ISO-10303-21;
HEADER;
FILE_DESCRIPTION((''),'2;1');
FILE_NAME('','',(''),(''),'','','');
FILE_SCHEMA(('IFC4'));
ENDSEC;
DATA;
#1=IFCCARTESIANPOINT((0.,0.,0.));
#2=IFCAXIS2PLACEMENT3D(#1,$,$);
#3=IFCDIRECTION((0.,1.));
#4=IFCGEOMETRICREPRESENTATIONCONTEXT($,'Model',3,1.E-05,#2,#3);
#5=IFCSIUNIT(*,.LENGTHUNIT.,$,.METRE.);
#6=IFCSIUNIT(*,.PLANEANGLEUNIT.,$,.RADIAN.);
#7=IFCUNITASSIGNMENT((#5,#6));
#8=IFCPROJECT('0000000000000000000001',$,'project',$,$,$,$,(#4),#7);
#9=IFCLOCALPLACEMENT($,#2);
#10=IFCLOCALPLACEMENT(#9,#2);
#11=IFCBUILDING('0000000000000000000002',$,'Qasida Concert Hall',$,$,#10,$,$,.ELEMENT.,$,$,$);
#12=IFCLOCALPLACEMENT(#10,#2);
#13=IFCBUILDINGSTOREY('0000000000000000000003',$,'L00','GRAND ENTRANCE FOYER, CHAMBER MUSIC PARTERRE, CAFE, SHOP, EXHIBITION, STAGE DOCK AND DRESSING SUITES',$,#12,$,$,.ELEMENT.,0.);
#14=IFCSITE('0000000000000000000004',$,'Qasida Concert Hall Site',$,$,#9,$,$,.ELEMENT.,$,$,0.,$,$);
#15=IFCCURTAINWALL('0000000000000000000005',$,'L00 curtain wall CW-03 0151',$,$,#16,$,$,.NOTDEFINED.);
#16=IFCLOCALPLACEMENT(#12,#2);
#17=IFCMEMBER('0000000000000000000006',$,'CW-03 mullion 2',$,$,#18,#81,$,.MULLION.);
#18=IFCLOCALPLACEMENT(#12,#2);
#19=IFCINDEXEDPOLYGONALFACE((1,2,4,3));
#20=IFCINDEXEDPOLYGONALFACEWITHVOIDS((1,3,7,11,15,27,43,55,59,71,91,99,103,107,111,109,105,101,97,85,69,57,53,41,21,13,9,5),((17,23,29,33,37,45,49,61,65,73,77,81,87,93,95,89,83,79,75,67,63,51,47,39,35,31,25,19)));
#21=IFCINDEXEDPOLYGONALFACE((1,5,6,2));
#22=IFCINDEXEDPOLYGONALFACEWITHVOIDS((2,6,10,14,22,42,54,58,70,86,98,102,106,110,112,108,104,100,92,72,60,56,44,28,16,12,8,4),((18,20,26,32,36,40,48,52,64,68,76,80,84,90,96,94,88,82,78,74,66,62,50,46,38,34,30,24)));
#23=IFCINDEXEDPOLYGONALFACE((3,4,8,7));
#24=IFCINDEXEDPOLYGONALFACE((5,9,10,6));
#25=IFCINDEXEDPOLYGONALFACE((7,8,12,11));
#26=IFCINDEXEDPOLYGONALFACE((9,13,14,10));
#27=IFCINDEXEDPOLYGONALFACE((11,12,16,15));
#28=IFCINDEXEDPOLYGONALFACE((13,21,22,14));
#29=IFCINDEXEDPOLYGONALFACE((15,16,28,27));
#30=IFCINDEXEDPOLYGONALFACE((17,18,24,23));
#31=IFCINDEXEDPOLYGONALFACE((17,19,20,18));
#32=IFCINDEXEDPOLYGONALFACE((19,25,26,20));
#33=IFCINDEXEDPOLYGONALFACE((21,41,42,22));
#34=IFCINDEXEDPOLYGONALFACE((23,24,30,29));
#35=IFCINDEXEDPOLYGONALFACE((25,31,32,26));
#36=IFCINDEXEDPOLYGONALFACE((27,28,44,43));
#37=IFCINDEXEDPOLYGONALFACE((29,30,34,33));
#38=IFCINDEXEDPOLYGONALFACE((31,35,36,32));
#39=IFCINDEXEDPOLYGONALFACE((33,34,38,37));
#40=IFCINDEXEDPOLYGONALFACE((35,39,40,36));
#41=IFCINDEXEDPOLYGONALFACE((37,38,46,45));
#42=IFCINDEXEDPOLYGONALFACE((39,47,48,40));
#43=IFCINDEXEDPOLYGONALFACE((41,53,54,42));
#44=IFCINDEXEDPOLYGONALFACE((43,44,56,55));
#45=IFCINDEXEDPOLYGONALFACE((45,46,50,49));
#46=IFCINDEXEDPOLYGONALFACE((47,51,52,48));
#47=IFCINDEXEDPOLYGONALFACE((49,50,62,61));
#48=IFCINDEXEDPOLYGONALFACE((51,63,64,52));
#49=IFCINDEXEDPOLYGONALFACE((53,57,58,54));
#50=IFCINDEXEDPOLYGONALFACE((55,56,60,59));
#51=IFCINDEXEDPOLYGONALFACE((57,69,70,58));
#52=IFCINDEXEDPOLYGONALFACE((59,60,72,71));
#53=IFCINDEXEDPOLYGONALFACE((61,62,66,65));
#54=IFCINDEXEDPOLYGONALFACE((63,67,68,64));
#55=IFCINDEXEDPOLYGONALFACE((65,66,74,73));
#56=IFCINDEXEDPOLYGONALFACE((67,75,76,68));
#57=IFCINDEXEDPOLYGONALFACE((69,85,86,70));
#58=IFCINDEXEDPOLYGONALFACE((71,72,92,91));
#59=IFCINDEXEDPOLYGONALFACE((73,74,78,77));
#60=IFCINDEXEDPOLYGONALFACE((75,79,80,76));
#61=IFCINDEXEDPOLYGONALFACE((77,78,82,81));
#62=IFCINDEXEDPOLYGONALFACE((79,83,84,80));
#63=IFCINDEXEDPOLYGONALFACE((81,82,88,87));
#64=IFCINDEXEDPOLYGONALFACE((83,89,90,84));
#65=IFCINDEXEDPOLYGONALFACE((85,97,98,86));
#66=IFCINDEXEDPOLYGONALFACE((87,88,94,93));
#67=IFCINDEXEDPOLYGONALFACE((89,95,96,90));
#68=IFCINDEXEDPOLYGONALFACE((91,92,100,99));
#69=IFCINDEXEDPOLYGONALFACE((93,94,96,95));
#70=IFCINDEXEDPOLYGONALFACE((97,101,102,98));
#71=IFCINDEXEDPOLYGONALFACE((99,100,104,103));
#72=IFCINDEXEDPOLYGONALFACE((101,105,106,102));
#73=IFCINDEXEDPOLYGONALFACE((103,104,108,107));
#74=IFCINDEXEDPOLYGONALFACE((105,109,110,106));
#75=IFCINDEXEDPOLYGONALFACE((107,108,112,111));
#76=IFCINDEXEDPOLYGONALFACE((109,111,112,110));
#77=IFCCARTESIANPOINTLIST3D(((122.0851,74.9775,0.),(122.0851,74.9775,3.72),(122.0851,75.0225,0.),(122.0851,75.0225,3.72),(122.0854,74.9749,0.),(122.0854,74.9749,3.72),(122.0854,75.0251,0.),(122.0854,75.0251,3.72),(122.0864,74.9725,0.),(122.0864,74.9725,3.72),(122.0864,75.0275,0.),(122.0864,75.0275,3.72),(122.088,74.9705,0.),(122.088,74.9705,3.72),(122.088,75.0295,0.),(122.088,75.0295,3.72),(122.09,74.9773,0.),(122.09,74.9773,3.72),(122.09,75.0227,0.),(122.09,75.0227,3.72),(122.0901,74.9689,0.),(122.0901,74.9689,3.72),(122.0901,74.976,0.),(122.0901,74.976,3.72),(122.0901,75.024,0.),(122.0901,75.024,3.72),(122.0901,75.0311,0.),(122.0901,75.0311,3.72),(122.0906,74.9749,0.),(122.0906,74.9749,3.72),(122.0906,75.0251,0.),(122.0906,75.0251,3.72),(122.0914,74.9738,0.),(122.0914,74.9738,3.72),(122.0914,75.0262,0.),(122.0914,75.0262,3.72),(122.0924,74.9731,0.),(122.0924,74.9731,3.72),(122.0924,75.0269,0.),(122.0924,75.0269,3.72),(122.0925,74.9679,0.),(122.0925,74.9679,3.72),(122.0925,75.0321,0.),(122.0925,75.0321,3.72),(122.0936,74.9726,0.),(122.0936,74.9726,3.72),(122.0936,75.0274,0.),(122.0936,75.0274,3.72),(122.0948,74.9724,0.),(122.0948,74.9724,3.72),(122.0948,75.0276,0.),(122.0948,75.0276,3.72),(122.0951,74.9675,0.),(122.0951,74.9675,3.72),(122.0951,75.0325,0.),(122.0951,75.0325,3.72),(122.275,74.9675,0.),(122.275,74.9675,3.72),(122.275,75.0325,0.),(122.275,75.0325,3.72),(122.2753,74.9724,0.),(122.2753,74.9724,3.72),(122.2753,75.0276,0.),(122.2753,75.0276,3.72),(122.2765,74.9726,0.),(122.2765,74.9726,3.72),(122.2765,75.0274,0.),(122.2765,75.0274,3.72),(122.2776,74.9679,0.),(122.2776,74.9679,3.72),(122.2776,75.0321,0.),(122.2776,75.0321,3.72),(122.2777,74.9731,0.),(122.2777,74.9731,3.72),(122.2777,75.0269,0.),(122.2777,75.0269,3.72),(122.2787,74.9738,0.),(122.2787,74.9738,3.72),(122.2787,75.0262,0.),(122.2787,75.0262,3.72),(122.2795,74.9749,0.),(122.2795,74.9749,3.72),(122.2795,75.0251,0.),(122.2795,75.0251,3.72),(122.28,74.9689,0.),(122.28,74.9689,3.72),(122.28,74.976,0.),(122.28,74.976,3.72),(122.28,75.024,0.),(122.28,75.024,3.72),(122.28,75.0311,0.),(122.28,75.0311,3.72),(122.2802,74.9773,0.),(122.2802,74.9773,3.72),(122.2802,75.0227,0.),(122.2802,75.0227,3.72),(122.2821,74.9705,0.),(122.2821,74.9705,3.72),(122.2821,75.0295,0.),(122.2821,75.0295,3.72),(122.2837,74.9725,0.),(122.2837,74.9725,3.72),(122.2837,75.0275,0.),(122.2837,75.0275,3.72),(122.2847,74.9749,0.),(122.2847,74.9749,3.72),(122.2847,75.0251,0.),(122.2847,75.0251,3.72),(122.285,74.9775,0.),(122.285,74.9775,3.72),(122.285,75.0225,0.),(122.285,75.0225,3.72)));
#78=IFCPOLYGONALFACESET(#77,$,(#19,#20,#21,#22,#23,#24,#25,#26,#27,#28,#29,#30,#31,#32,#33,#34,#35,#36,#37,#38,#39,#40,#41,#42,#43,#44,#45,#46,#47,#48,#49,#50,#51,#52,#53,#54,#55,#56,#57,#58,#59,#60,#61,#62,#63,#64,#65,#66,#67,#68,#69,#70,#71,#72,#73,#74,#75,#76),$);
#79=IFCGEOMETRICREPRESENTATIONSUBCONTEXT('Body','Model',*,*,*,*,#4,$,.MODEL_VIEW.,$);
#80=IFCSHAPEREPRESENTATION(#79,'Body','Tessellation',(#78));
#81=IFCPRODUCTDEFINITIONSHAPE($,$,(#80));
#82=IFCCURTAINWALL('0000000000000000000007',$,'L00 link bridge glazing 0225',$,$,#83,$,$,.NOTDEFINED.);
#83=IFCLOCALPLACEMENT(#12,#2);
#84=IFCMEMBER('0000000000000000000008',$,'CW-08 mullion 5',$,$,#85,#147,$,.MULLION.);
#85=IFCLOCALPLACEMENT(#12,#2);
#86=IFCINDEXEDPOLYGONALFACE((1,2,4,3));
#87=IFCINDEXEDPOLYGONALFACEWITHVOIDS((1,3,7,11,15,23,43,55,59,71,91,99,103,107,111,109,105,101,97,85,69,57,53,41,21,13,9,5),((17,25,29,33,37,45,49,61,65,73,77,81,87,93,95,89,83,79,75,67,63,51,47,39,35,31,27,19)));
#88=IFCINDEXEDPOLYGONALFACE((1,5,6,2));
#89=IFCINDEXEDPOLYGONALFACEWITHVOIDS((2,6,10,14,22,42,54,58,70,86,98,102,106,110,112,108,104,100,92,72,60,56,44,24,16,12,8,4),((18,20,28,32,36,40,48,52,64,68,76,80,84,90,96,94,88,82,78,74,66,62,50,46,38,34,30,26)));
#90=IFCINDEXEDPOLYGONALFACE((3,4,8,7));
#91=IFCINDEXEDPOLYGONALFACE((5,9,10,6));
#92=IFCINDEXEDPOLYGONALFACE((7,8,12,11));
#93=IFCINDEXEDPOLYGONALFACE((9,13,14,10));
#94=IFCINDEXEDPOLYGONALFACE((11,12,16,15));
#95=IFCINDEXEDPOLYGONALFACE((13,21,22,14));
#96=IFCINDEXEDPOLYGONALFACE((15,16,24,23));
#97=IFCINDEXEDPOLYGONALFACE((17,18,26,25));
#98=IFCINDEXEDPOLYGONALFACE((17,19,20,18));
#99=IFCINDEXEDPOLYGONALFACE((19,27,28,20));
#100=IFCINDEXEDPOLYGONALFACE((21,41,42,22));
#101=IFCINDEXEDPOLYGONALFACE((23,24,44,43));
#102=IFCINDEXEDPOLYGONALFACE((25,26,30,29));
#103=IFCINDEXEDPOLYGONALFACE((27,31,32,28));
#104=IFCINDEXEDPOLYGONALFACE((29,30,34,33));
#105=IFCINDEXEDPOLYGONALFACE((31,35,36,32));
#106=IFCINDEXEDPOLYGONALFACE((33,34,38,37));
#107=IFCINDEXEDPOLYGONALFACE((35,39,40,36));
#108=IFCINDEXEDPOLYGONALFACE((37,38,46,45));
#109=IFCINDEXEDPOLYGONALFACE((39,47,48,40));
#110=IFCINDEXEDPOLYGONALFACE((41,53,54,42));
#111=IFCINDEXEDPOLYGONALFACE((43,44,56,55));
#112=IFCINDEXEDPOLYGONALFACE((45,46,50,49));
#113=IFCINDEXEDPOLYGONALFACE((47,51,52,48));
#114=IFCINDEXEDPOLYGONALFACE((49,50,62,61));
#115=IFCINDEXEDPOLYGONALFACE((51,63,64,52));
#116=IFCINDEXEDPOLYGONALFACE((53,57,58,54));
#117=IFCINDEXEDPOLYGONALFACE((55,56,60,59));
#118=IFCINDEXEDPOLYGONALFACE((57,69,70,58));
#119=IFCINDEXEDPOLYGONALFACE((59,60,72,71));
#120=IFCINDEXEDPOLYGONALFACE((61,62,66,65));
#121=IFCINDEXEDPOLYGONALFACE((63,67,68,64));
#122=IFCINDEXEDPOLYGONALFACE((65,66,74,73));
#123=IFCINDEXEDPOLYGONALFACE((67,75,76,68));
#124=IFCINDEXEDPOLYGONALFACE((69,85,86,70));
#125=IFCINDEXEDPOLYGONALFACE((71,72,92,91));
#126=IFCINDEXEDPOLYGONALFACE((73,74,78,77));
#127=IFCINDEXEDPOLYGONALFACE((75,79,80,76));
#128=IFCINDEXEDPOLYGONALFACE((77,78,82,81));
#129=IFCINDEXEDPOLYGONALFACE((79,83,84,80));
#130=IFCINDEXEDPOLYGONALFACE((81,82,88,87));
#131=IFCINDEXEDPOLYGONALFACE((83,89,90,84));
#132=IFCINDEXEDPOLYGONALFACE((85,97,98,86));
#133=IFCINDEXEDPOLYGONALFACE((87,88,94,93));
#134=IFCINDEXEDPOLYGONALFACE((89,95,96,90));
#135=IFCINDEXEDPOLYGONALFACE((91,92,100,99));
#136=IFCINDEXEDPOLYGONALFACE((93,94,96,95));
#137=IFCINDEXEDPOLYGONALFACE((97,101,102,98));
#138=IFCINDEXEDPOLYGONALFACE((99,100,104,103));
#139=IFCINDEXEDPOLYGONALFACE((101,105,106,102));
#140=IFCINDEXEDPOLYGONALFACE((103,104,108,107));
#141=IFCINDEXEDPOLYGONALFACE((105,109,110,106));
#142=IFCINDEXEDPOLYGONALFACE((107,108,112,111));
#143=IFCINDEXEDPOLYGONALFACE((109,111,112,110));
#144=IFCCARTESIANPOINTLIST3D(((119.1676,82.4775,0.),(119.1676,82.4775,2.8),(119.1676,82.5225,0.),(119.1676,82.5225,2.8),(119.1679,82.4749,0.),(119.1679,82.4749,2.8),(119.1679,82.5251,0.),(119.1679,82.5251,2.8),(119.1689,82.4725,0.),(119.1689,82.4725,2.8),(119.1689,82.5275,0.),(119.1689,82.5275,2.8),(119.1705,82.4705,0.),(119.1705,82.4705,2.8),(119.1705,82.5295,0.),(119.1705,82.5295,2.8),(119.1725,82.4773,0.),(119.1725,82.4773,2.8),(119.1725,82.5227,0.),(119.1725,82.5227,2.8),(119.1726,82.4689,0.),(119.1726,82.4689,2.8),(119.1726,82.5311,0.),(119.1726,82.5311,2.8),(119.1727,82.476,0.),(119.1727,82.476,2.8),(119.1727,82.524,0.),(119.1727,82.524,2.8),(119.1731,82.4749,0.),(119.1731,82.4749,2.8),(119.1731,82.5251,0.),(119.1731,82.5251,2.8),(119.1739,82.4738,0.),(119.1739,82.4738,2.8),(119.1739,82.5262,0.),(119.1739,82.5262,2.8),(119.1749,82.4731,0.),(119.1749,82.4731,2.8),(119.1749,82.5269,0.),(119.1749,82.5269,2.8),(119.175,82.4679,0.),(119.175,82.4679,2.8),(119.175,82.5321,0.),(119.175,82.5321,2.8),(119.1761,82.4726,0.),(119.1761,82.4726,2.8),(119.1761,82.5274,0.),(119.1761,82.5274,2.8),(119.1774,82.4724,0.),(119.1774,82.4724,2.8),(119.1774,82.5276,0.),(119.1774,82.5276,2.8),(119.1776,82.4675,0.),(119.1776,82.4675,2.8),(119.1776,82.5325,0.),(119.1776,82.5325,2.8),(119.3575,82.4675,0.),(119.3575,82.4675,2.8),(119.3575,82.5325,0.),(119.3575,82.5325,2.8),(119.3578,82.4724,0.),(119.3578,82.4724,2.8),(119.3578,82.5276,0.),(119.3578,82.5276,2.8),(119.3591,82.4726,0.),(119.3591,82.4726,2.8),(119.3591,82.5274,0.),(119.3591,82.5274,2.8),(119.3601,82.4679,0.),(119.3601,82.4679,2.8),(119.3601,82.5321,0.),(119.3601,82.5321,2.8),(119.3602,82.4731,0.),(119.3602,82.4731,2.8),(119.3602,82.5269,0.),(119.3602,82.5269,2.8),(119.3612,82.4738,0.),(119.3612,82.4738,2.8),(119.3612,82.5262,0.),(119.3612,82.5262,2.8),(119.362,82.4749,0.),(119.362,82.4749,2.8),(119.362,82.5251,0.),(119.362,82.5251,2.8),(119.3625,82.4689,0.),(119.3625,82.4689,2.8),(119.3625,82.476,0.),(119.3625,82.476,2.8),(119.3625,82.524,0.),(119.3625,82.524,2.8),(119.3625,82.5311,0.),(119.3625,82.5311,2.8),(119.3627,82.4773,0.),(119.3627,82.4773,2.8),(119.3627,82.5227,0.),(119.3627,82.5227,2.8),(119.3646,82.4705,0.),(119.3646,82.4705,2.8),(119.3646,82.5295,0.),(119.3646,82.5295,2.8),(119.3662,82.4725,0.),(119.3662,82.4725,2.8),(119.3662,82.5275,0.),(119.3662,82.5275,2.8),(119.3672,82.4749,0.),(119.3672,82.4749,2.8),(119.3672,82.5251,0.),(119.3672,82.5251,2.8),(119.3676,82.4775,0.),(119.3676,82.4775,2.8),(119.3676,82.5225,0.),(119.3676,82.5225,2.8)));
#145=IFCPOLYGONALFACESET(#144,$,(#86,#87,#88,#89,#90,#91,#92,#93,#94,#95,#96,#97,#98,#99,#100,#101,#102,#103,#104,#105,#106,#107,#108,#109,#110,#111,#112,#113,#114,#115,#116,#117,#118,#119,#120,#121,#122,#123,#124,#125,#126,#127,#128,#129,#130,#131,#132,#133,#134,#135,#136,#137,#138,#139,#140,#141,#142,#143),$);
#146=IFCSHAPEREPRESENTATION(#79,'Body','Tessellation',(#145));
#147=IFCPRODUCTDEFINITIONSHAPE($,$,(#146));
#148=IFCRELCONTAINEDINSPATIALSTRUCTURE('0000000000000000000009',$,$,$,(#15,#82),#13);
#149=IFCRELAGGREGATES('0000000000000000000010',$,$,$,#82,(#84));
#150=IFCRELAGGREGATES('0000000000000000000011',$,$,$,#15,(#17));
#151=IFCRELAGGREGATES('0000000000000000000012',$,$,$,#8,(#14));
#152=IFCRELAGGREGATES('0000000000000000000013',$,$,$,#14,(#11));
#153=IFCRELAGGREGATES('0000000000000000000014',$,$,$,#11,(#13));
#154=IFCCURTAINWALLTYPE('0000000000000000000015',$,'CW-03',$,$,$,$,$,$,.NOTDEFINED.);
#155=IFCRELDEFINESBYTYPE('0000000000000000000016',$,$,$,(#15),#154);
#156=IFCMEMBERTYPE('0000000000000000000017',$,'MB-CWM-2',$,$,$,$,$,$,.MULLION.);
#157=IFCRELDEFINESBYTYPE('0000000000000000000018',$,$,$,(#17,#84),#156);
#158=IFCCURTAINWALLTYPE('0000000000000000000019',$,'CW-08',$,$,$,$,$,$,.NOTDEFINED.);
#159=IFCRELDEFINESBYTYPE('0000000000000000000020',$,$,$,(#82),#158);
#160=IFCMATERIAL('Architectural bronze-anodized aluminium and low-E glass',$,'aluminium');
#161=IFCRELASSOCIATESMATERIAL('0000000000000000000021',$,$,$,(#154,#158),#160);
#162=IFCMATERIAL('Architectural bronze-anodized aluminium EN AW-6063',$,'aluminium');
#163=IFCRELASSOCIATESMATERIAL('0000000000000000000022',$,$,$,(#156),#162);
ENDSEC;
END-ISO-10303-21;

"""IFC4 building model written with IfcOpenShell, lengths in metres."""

from ifc_helpers import new_model, si_unit, direction, frame, origin, origin_2d, place, context, subcontext, project, spatial, hollow_rectangle, extrude, material, material_profile, profile_set, type_object, element, aggregate, save


model = new_model("IFC4")

# Units and contexts
model_context = context("Model", 3, precision=1e-05, world=origin(), true_north=direction((0.0, 1.0)))
body_context = subcontext(model_context, "Body", "Model", "MODEL_VIEW")
ifc_project = project(units=[si_unit("LENGTHUNIT", "METRE"), si_unit("PLANEANGLEUNIT", "RADIAN")], contexts=[model_context])

# Site, building, storey
site_placement = place(None, origin())
site = spatial("IfcSite", under=ifc_project, at=site_placement, Name="Qasida Concert Hall Site", CompositionType="ELEMENT", RefElevation=0.0)
building_placement = place(site_placement, origin())
building = spatial("IfcBuilding", under=site, at=building_placement, Name="Qasida Concert Hall", CompositionType="ELEMENT")
storey_placement = place(building_placement, origin())
storey = spatial("IfcBuildingStorey", under=building, at=storey_placement, Name="L00", Description="GRAND ENTRANCE FOYER, CHAMBER MUSIC PARTERRE, CAFE, SHOP, EXHIBITION, STAGE DOCK AND DRESSING SUITES", CompositionType="ELEMENT", Elevation=0.0)

# Curtain wall, member
ifc_material_1 = material(Name="Architectural bronze-anodized aluminium and low-E glass", Category="aluminium")
curtain_wall_type_1 = type_object("IfcCurtainWallType", Name="CW-03", PredefinedType="NOTDEFINED", material=ifc_material_1)
curtain_wall_1_placement = place(storey_placement, origin())
curtain_wall_1 = element("IfcCurtainWall", 1, at=curtain_wall_1_placement, inside=storey, type_object=curtain_wall_type_1, Name="L00 curtain wall CW-03 0151", PredefinedType="NOTDEFINED")
ifc_material_2 = material(Name="Architectural bronze-anodized aluminium EN AW-6063", Category="aluminium")
ifc_material_profile_1 = material_profile(ifc_material_2, hollow_rectangle(XDim=0.0649, YDim=0.2, WallThickness=0.0049, InnerFilletRadius=0.0049, OuterFilletRadius=0.01, at=origin_2d()), Name="CWM 200x65x5")
ifc_profile_set_1 = profile_set([ifc_material_profile_1], Name="Architectural bronze-anodized aluminium EN AW-6063")
member_type_1 = type_object("IfcMemberType", Name="MB-CWM-2", PredefinedType="MULLION", material=ifc_profile_set_1)
member_1_placement = place(storey_placement, frame((122.1851, 75.0, 0.0), z_axis=(0.0, 0.0, 1.0), x_axis=(0.0, 1.0, 0.0)))
member_1 = element("IfcMember", 2, at=member_1_placement, type_object=member_type_1, Name="CW-03 mullion 2", PredefinedType="MULLION", context=body_context, shape_type="SweptSolid", body=[
    extrude(hollow_rectangle(XDim=0.0649, YDim=0.2, WallThickness=0.0049, InnerFilletRadius=0.0049, OuterFilletRadius=0.01, at=origin_2d()), origin(), (0.0, 0.0, 1.0), 3.72),
])

# Curtain wall, member
curtain_wall_type_2 = type_object("IfcCurtainWallType", Name="CW-08", PredefinedType="NOTDEFINED", material=ifc_material_1)
curtain_wall_2_placement = place(storey_placement, origin())
curtain_wall_2 = element("IfcCurtainWall", 3, at=curtain_wall_2_placement, inside=storey, type_object=curtain_wall_type_2, Name="L00 link bridge glazing 0225", PredefinedType="NOTDEFINED")
member_2_placement = place(storey_placement, frame((119.2676, 82.5, 0.0), z_axis=(0.0, 0.0, 1.0), x_axis=(0.0, 1.0, 0.0)))
member_2 = element("IfcMember", 4, at=member_2_placement, type_object=member_type_1, Name="CW-08 mullion 5", PredefinedType="MULLION", context=body_context, shape_type="SweptSolid", body=[
    extrude(hollow_rectangle(XDim=0.0649, YDim=0.2, WallThickness=0.0049, InnerFilletRadius=0.0049, OuterFilletRadius=0.01, at=origin_2d()), origin(), (0.0, 0.0, 1.0), 2.8),
])
aggregate(curtain_wall_2, [member_2])

aggregate(curtain_wall_1, [member_1])

save(model, "model.ifc")
